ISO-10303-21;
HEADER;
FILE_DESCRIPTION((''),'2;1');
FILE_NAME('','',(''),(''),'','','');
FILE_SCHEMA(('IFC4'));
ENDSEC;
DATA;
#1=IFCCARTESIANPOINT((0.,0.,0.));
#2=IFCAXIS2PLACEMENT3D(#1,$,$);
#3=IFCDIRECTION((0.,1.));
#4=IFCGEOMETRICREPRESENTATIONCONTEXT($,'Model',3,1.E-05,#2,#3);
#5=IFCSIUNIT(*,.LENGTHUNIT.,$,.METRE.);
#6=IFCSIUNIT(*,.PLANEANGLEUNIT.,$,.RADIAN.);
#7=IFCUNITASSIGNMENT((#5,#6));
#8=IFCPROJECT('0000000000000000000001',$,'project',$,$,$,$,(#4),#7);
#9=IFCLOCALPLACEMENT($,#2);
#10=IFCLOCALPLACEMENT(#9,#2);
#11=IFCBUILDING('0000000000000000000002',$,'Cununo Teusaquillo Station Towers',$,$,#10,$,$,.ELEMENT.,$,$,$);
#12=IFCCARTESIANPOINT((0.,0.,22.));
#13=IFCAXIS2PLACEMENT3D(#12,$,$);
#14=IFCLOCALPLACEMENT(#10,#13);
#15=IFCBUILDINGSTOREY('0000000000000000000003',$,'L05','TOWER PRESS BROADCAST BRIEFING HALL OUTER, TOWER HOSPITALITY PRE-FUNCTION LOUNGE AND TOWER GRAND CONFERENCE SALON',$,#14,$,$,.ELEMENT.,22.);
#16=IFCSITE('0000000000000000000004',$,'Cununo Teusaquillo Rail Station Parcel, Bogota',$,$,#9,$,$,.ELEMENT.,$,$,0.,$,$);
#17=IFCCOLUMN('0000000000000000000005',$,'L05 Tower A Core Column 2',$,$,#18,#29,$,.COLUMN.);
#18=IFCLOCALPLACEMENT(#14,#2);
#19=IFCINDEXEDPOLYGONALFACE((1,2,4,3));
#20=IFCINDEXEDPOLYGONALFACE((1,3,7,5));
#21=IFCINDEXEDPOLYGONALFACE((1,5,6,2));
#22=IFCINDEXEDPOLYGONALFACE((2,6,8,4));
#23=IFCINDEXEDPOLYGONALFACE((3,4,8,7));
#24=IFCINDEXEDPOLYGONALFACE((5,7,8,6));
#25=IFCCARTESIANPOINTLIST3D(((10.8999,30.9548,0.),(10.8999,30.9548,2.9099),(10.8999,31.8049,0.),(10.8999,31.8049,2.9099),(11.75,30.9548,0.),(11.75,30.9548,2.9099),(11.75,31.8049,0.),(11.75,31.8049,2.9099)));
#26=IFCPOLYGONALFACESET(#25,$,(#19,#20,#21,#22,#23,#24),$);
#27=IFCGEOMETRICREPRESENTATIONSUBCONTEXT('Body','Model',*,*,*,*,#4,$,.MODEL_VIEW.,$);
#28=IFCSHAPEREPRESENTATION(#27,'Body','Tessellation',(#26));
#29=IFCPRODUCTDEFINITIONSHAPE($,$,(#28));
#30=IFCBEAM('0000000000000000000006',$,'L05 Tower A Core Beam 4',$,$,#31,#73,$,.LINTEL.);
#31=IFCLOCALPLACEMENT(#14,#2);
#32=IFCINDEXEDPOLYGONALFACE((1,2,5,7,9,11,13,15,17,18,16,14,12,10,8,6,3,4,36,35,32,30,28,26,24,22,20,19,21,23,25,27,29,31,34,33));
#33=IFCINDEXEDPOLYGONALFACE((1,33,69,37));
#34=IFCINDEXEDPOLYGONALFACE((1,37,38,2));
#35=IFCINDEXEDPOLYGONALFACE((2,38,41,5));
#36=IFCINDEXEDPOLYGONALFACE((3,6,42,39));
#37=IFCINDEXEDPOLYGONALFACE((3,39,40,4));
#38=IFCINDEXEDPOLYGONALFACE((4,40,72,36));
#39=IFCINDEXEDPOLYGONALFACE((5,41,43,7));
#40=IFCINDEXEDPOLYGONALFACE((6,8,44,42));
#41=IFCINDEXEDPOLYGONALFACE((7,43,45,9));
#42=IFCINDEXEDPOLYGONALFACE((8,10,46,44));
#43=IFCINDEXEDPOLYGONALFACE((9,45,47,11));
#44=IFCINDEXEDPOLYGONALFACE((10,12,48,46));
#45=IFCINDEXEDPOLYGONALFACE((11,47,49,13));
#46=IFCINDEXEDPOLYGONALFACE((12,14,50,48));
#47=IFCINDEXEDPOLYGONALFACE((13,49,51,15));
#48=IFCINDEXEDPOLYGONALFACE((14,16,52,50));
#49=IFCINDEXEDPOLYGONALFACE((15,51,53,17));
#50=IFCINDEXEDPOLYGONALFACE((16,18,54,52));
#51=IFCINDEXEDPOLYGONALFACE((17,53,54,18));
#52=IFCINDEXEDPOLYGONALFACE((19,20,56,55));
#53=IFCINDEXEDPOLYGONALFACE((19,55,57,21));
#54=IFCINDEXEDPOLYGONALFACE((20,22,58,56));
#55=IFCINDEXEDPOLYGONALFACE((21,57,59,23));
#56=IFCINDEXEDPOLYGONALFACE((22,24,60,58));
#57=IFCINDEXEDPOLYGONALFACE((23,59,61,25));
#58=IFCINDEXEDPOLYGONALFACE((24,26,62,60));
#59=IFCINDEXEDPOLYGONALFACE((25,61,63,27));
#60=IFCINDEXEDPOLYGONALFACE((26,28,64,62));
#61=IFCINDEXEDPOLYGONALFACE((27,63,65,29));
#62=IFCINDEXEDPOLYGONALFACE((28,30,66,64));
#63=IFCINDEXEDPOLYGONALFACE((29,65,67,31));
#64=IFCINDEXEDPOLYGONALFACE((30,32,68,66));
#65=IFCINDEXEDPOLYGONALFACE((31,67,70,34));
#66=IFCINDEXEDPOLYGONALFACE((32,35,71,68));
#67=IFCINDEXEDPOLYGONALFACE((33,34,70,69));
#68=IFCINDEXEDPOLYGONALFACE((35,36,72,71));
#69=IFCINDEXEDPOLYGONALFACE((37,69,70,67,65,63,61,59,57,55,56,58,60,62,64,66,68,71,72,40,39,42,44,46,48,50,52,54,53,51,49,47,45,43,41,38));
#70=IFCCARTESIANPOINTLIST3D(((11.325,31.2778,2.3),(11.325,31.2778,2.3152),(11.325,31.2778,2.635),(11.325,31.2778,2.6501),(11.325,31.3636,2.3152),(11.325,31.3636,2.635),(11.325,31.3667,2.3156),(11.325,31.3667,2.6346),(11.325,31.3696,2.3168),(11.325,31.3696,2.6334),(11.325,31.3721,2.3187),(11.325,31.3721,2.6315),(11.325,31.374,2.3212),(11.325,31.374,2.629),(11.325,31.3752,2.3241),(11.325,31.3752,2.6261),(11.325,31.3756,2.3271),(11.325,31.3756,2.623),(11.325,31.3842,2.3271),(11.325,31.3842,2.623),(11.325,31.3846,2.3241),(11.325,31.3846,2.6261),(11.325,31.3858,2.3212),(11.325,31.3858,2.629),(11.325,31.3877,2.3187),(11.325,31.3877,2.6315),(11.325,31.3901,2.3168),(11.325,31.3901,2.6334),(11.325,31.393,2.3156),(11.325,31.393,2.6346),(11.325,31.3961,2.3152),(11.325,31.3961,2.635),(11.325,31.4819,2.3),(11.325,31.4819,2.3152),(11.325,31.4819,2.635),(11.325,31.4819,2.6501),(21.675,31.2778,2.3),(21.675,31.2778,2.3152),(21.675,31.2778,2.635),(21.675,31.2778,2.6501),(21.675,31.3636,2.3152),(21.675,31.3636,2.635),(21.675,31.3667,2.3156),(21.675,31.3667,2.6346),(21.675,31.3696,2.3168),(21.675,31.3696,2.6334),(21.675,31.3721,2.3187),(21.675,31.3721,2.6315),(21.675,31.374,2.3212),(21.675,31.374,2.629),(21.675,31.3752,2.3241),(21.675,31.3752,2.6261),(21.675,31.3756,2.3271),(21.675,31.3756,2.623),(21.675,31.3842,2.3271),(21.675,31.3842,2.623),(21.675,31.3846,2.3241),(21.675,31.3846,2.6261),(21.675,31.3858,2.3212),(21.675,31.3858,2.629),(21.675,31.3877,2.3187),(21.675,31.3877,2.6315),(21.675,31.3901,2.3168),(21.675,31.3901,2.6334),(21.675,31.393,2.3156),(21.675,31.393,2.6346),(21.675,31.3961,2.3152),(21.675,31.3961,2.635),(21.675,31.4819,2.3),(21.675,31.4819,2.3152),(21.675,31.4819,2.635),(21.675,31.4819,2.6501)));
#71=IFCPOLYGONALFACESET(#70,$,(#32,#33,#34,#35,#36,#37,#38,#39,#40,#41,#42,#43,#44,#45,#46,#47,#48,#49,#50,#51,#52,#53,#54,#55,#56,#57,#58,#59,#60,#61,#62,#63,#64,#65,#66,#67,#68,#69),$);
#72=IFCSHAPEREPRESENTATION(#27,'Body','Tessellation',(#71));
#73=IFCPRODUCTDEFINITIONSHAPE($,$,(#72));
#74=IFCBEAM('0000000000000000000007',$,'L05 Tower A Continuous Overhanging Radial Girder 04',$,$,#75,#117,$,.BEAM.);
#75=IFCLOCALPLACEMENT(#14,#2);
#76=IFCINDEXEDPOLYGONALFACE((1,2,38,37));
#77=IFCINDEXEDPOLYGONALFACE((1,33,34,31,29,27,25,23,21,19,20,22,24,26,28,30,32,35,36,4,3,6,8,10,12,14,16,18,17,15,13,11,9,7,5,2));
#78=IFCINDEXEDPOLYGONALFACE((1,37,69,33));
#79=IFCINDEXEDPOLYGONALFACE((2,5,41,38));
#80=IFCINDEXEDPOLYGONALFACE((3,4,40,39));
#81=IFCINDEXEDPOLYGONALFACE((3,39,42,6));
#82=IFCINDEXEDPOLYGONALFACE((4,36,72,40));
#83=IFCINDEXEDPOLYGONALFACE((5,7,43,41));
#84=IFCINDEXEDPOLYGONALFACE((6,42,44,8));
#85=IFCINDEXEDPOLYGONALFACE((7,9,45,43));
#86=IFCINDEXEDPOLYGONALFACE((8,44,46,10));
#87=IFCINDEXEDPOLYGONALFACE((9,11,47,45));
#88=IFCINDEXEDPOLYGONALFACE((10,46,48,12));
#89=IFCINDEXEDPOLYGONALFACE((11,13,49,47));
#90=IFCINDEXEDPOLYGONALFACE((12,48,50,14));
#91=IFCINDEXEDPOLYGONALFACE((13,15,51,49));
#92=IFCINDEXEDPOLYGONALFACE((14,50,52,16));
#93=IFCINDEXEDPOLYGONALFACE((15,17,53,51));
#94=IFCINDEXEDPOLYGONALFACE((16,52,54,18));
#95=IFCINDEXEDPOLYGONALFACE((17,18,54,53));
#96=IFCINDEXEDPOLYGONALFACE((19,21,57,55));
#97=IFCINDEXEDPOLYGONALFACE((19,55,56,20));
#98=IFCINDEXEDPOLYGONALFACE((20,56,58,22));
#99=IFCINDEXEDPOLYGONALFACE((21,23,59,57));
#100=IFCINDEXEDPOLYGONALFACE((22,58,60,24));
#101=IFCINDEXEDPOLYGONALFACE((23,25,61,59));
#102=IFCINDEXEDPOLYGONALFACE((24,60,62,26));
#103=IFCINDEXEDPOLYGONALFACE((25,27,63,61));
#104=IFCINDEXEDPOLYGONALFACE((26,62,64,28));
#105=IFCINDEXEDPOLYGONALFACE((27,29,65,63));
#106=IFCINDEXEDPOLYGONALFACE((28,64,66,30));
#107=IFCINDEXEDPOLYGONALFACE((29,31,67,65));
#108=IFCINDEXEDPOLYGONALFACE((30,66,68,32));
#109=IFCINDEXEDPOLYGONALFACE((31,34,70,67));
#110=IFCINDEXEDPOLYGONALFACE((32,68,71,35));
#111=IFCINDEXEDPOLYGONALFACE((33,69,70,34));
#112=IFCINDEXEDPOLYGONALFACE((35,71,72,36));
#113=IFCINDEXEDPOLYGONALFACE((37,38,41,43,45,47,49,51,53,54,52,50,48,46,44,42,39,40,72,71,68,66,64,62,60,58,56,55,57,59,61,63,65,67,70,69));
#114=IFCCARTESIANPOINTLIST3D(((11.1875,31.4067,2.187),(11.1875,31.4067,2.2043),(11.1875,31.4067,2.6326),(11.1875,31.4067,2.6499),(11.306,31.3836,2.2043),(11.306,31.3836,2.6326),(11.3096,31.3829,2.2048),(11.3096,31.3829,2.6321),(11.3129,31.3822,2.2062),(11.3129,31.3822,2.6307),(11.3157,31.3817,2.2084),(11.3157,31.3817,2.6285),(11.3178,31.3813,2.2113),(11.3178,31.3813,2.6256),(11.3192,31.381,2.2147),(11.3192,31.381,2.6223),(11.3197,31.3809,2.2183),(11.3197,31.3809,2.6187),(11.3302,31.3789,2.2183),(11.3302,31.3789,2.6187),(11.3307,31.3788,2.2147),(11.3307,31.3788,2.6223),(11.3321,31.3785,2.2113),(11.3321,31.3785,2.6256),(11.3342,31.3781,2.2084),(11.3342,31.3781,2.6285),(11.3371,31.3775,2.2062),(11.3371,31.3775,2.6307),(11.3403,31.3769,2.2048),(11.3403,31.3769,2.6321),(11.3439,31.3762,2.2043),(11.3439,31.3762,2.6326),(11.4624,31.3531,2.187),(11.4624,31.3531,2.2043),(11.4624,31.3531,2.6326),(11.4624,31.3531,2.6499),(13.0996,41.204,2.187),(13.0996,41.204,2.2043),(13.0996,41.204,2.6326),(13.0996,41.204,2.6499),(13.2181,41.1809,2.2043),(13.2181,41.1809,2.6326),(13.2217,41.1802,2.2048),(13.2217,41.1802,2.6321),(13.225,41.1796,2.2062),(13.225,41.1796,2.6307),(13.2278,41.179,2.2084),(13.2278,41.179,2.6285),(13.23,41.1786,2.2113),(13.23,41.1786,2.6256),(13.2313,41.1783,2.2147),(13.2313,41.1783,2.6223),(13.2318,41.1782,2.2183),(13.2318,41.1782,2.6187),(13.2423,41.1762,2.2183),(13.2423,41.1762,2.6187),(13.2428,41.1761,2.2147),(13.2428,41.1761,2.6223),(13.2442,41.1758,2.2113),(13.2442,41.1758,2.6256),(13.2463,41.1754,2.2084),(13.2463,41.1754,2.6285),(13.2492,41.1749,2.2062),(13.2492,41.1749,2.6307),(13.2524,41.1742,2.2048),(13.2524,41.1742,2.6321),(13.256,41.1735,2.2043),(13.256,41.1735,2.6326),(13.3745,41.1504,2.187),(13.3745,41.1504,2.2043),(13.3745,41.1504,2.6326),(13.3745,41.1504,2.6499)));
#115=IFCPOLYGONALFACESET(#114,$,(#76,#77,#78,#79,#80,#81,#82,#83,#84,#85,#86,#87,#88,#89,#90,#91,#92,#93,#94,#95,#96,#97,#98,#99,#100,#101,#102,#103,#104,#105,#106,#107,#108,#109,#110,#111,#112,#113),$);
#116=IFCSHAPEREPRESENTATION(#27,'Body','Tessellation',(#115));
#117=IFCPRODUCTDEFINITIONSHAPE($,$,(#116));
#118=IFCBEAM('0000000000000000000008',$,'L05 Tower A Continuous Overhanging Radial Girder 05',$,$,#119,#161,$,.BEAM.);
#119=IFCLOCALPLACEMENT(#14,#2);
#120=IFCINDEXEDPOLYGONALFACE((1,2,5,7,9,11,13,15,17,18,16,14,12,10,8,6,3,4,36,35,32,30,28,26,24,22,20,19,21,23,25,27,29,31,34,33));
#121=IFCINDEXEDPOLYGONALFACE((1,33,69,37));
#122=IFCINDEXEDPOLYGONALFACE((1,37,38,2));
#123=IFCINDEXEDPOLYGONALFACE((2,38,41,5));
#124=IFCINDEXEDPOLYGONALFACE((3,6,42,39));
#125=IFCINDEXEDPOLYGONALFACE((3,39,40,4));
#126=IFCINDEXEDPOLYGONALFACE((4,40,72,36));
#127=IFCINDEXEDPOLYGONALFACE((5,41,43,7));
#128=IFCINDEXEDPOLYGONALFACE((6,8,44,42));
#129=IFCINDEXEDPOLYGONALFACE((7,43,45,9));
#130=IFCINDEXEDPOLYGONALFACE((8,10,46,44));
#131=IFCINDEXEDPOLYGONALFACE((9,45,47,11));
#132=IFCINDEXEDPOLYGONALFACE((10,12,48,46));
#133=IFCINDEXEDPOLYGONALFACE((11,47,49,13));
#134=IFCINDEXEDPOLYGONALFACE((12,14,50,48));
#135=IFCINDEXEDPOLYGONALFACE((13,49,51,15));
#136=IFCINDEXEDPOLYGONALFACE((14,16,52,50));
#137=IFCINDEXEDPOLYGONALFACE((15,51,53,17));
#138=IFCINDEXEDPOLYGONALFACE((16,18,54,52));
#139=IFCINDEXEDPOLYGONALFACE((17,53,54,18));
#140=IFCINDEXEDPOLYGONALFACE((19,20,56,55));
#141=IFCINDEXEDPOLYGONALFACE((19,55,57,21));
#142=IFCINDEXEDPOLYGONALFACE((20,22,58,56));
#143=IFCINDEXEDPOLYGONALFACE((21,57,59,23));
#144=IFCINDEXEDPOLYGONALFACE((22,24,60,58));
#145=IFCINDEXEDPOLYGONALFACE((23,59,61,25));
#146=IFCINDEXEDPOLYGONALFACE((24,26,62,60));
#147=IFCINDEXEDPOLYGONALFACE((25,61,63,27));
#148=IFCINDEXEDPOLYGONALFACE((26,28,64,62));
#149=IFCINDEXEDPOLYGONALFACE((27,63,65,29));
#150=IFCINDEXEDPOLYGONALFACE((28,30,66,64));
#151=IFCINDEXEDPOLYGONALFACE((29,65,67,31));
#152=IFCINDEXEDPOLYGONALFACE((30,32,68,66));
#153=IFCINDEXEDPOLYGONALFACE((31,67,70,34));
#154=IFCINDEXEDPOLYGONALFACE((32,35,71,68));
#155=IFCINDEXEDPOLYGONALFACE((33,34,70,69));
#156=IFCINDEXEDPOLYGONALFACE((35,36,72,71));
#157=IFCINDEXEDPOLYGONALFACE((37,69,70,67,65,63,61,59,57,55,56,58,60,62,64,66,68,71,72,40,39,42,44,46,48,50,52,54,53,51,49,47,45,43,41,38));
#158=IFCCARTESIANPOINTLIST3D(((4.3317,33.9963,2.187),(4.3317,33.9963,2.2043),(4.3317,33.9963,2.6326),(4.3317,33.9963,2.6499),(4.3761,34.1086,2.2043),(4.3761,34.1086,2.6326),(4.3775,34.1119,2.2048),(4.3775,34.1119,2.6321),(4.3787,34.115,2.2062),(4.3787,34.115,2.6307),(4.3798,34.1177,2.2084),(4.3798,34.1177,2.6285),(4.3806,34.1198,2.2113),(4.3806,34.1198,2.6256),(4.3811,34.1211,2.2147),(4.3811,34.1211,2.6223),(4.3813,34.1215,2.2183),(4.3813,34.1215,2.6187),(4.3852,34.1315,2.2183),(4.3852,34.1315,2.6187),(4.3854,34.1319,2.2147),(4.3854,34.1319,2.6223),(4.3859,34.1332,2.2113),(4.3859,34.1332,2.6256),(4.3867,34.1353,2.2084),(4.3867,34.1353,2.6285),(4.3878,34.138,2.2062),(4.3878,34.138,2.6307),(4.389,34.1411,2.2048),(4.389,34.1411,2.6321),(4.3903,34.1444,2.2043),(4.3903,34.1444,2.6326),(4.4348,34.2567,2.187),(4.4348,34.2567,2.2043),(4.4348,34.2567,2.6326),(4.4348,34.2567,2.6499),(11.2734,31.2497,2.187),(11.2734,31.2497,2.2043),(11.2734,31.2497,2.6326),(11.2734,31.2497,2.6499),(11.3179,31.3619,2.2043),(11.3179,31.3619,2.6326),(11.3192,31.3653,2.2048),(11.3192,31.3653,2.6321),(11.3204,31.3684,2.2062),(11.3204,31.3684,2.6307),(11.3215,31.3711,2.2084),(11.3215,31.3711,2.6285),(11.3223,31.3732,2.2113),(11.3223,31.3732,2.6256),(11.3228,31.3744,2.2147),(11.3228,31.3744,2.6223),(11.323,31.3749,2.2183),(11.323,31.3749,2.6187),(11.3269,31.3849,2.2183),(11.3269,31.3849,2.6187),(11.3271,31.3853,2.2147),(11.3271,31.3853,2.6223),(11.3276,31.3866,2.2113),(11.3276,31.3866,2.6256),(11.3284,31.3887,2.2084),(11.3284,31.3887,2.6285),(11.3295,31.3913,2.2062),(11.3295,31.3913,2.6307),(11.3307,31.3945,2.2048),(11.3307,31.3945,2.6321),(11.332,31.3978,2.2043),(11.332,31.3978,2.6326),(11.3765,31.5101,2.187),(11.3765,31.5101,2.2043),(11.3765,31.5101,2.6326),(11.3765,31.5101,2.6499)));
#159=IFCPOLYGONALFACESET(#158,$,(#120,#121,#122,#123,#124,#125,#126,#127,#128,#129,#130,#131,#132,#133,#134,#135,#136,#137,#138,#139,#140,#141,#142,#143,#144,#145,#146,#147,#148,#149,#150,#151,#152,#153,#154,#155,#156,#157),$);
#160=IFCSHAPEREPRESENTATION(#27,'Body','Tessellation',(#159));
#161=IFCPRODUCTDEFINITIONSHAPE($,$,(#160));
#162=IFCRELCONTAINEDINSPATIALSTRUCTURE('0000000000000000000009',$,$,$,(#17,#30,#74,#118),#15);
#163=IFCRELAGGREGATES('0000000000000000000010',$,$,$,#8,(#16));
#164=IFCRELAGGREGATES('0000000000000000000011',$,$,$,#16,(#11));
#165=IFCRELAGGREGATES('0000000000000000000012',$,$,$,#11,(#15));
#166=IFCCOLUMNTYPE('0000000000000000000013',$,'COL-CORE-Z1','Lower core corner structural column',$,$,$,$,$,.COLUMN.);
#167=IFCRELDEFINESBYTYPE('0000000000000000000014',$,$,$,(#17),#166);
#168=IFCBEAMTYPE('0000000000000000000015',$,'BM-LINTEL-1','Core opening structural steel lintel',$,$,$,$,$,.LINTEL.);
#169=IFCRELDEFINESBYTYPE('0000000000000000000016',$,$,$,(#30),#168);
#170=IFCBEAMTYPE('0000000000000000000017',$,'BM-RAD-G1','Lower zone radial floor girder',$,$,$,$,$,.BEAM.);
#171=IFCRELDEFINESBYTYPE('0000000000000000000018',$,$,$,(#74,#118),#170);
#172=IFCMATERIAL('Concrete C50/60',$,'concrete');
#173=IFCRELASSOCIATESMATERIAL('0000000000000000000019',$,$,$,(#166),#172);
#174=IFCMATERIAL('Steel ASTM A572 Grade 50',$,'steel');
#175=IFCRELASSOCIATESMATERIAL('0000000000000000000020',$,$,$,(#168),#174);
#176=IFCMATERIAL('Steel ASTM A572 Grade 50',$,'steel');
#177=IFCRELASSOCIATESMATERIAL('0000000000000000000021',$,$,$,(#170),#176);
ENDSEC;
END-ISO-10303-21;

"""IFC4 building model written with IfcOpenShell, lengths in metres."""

from ifc_helpers import new_model, si_unit, direction, frame, origin, origin_2d, place, context, subcontext, project, spatial, rectangle, i_section, extrude, material, material_profile, profile_set, type_object, element, save


model = new_model("IFC4")

# Units and contexts
model_context = context("Model", 3, precision=1e-05, world=origin(), true_north=direction((0.0, 1.0)))
body_context = subcontext(model_context, "Body", "Model", "MODEL_VIEW")
ifc_project = project(units=[si_unit("LENGTHUNIT", "METRE"), si_unit("PLANEANGLEUNIT", "RADIAN")], contexts=[model_context])

# Site, building, storey
site_placement = place(None, origin())
site = spatial("IfcSite", under=ifc_project, at=site_placement, Name="Cununo Teusaquillo Rail Station Parcel, Bogota", CompositionType="ELEMENT", RefElevation=0.0)
building_placement = place(site_placement, origin())
building = spatial("IfcBuilding", under=site, at=building_placement, Name="Cununo Teusaquillo Station Towers", CompositionType="ELEMENT")
storey_placement = place(building_placement, frame((0.0, 0.0, 22.0)))
storey = spatial("IfcBuildingStorey", under=building, at=storey_placement, Name="L05", Description="TOWER PRESS BROADCAST BRIEFING HALL OUTER, TOWER HOSPITALITY PRE-FUNCTION LOUNGE AND TOWER GRAND CONFERENCE SALON", CompositionType="ELEMENT", Elevation=22.0)

# Column
ifc_material_1 = material(Name="Concrete C50/60", Category="concrete")
ifc_material_profile_1 = material_profile(ifc_material_1, rectangle(XDim=0.8501, YDim=0.8501, at=origin_2d()), Name="RC-RECT-850x850")
ifc_profile_set_1 = profile_set([ifc_material_profile_1], Name="Concrete C50/60")
column_type = type_object("IfcColumnType", Name="COL-CORE-Z1", Description="Lower core corner structural column", PredefinedType="COLUMN", material=ifc_profile_set_1)
column_placement = place(storey_placement, frame((11.325, 31.3799, 0.0), z_axis=(0.0, 0.0, 1.0), x_axis=(1.0, 0.0, 0.0)))
element("IfcColumn", 1, at=column_placement, inside=storey, type_object=column_type, Name="L05 Tower A Core Column 2", PredefinedType="COLUMN", context=body_context, shape_type="SweptSolid", body=[
    extrude(rectangle(XDim=0.8501, YDim=0.8501, at=origin_2d()), origin(), (0.0, 0.0, 1.0), 2.9099),
])

# Beams
ifc_material_2 = material(Name="Steel ASTM A572 Grade 50", Category="steel")
ifc_material_profile_2 = material_profile(ifc_material_2, i_section(OverallWidth=0.2041, OverallDepth=0.3501, WebThickness=0.0085, FlangeThickness=0.0151, FilletRadius=0.012, at=origin_2d()), Name="W14X48")
ifc_profile_set_2 = profile_set([ifc_material_profile_2], Name="Steel ASTM A572 Grade 50")
beam_type_1 = type_object("IfcBeamType", Name="BM-LINTEL-1", Description="Core opening structural steel lintel", PredefinedType="LINTEL", material=ifc_profile_set_2)
beam_1_placement = place(storey_placement, frame((11.325, 31.3799, 2.4751), z_axis=(1.0, 0.0, 0.0), x_axis=(0.0, 1.0, 0.0)))
element("IfcBeam", 2, at=beam_1_placement, inside=storey, type_object=beam_type_1, Name="L05 Tower A Core Beam 4", PredefinedType="LINTEL", context=body_context, shape_type="SweptSolid", body=[
    extrude(i_section(OverallWidth=0.2041, OverallDepth=0.3501, WebThickness=0.0085, FlangeThickness=0.0151, FilletRadius=0.012, at=origin_2d()), origin(), (0.0, 0.0, 1.0), 10.3501),
])
ifc_material_3 = material(Name="Steel ASTM A572 Grade 50", Category="steel")
ifc_material_profile_3 = material_profile(ifc_material_3, i_section(OverallWidth=0.28, OverallDepth=0.4629, WebThickness=0.0107, FlangeThickness=0.0173, FilletRadius=0.0139, at=origin_2d()), Name="W18X76")
ifc_profile_set_3 = profile_set([ifc_material_profile_3], Name="Steel ASTM A572 Grade 50")
beam_type_2 = type_object("IfcBeamType", Name="BM-RAD-G1", Description="Lower zone radial floor girder", PredefinedType="BEAM", material=ifc_profile_set_3)
beam_2_placement = place(storey_placement, frame((11.325, 31.3799, 2.4185), z_axis=(0.191552, 0.981483, 0.0), x_axis=(-0.981483, 0.191552, 0.0)))
element("IfcBeam", 3, at=beam_2_placement, inside=storey, type_object=beam_type_2, Name="L05 Tower A Continuous Overhanging Radial Girder 04", PredefinedType="BEAM", context=body_context, shape_type="SweptSolid", body=[
    extrude(i_section(OverallWidth=0.28, OverallDepth=0.4629, WebThickness=0.0107, FlangeThickness=0.0173, FilletRadius=0.0139, at=origin_2d()), origin(), (0.0, 0.0, 1.0), 9.9822),
])
beam_3_placement = place(storey_placement, frame((11.325, 31.3799, 2.4185), z_axis=(-0.92986, 0.367915, 0.0), x_axis=(-0.367915, -0.92986, 0.0)))
element("IfcBeam", 4, at=beam_3_placement, inside=storey, type_object=beam_type_2, Name="L05 Tower A Continuous Overhanging Radial Girder 05", PredefinedType="BEAM", context=body_context, shape_type="SweptSolid", body=[
    extrude(i_section(OverallWidth=0.28, OverallDepth=0.4629, WebThickness=0.0107, FlangeThickness=0.0173, FilletRadius=0.0139, at=origin_2d()), origin(), (0.0, 0.0, 1.0), 7.4653),
])

save(model, "model.ifc")
